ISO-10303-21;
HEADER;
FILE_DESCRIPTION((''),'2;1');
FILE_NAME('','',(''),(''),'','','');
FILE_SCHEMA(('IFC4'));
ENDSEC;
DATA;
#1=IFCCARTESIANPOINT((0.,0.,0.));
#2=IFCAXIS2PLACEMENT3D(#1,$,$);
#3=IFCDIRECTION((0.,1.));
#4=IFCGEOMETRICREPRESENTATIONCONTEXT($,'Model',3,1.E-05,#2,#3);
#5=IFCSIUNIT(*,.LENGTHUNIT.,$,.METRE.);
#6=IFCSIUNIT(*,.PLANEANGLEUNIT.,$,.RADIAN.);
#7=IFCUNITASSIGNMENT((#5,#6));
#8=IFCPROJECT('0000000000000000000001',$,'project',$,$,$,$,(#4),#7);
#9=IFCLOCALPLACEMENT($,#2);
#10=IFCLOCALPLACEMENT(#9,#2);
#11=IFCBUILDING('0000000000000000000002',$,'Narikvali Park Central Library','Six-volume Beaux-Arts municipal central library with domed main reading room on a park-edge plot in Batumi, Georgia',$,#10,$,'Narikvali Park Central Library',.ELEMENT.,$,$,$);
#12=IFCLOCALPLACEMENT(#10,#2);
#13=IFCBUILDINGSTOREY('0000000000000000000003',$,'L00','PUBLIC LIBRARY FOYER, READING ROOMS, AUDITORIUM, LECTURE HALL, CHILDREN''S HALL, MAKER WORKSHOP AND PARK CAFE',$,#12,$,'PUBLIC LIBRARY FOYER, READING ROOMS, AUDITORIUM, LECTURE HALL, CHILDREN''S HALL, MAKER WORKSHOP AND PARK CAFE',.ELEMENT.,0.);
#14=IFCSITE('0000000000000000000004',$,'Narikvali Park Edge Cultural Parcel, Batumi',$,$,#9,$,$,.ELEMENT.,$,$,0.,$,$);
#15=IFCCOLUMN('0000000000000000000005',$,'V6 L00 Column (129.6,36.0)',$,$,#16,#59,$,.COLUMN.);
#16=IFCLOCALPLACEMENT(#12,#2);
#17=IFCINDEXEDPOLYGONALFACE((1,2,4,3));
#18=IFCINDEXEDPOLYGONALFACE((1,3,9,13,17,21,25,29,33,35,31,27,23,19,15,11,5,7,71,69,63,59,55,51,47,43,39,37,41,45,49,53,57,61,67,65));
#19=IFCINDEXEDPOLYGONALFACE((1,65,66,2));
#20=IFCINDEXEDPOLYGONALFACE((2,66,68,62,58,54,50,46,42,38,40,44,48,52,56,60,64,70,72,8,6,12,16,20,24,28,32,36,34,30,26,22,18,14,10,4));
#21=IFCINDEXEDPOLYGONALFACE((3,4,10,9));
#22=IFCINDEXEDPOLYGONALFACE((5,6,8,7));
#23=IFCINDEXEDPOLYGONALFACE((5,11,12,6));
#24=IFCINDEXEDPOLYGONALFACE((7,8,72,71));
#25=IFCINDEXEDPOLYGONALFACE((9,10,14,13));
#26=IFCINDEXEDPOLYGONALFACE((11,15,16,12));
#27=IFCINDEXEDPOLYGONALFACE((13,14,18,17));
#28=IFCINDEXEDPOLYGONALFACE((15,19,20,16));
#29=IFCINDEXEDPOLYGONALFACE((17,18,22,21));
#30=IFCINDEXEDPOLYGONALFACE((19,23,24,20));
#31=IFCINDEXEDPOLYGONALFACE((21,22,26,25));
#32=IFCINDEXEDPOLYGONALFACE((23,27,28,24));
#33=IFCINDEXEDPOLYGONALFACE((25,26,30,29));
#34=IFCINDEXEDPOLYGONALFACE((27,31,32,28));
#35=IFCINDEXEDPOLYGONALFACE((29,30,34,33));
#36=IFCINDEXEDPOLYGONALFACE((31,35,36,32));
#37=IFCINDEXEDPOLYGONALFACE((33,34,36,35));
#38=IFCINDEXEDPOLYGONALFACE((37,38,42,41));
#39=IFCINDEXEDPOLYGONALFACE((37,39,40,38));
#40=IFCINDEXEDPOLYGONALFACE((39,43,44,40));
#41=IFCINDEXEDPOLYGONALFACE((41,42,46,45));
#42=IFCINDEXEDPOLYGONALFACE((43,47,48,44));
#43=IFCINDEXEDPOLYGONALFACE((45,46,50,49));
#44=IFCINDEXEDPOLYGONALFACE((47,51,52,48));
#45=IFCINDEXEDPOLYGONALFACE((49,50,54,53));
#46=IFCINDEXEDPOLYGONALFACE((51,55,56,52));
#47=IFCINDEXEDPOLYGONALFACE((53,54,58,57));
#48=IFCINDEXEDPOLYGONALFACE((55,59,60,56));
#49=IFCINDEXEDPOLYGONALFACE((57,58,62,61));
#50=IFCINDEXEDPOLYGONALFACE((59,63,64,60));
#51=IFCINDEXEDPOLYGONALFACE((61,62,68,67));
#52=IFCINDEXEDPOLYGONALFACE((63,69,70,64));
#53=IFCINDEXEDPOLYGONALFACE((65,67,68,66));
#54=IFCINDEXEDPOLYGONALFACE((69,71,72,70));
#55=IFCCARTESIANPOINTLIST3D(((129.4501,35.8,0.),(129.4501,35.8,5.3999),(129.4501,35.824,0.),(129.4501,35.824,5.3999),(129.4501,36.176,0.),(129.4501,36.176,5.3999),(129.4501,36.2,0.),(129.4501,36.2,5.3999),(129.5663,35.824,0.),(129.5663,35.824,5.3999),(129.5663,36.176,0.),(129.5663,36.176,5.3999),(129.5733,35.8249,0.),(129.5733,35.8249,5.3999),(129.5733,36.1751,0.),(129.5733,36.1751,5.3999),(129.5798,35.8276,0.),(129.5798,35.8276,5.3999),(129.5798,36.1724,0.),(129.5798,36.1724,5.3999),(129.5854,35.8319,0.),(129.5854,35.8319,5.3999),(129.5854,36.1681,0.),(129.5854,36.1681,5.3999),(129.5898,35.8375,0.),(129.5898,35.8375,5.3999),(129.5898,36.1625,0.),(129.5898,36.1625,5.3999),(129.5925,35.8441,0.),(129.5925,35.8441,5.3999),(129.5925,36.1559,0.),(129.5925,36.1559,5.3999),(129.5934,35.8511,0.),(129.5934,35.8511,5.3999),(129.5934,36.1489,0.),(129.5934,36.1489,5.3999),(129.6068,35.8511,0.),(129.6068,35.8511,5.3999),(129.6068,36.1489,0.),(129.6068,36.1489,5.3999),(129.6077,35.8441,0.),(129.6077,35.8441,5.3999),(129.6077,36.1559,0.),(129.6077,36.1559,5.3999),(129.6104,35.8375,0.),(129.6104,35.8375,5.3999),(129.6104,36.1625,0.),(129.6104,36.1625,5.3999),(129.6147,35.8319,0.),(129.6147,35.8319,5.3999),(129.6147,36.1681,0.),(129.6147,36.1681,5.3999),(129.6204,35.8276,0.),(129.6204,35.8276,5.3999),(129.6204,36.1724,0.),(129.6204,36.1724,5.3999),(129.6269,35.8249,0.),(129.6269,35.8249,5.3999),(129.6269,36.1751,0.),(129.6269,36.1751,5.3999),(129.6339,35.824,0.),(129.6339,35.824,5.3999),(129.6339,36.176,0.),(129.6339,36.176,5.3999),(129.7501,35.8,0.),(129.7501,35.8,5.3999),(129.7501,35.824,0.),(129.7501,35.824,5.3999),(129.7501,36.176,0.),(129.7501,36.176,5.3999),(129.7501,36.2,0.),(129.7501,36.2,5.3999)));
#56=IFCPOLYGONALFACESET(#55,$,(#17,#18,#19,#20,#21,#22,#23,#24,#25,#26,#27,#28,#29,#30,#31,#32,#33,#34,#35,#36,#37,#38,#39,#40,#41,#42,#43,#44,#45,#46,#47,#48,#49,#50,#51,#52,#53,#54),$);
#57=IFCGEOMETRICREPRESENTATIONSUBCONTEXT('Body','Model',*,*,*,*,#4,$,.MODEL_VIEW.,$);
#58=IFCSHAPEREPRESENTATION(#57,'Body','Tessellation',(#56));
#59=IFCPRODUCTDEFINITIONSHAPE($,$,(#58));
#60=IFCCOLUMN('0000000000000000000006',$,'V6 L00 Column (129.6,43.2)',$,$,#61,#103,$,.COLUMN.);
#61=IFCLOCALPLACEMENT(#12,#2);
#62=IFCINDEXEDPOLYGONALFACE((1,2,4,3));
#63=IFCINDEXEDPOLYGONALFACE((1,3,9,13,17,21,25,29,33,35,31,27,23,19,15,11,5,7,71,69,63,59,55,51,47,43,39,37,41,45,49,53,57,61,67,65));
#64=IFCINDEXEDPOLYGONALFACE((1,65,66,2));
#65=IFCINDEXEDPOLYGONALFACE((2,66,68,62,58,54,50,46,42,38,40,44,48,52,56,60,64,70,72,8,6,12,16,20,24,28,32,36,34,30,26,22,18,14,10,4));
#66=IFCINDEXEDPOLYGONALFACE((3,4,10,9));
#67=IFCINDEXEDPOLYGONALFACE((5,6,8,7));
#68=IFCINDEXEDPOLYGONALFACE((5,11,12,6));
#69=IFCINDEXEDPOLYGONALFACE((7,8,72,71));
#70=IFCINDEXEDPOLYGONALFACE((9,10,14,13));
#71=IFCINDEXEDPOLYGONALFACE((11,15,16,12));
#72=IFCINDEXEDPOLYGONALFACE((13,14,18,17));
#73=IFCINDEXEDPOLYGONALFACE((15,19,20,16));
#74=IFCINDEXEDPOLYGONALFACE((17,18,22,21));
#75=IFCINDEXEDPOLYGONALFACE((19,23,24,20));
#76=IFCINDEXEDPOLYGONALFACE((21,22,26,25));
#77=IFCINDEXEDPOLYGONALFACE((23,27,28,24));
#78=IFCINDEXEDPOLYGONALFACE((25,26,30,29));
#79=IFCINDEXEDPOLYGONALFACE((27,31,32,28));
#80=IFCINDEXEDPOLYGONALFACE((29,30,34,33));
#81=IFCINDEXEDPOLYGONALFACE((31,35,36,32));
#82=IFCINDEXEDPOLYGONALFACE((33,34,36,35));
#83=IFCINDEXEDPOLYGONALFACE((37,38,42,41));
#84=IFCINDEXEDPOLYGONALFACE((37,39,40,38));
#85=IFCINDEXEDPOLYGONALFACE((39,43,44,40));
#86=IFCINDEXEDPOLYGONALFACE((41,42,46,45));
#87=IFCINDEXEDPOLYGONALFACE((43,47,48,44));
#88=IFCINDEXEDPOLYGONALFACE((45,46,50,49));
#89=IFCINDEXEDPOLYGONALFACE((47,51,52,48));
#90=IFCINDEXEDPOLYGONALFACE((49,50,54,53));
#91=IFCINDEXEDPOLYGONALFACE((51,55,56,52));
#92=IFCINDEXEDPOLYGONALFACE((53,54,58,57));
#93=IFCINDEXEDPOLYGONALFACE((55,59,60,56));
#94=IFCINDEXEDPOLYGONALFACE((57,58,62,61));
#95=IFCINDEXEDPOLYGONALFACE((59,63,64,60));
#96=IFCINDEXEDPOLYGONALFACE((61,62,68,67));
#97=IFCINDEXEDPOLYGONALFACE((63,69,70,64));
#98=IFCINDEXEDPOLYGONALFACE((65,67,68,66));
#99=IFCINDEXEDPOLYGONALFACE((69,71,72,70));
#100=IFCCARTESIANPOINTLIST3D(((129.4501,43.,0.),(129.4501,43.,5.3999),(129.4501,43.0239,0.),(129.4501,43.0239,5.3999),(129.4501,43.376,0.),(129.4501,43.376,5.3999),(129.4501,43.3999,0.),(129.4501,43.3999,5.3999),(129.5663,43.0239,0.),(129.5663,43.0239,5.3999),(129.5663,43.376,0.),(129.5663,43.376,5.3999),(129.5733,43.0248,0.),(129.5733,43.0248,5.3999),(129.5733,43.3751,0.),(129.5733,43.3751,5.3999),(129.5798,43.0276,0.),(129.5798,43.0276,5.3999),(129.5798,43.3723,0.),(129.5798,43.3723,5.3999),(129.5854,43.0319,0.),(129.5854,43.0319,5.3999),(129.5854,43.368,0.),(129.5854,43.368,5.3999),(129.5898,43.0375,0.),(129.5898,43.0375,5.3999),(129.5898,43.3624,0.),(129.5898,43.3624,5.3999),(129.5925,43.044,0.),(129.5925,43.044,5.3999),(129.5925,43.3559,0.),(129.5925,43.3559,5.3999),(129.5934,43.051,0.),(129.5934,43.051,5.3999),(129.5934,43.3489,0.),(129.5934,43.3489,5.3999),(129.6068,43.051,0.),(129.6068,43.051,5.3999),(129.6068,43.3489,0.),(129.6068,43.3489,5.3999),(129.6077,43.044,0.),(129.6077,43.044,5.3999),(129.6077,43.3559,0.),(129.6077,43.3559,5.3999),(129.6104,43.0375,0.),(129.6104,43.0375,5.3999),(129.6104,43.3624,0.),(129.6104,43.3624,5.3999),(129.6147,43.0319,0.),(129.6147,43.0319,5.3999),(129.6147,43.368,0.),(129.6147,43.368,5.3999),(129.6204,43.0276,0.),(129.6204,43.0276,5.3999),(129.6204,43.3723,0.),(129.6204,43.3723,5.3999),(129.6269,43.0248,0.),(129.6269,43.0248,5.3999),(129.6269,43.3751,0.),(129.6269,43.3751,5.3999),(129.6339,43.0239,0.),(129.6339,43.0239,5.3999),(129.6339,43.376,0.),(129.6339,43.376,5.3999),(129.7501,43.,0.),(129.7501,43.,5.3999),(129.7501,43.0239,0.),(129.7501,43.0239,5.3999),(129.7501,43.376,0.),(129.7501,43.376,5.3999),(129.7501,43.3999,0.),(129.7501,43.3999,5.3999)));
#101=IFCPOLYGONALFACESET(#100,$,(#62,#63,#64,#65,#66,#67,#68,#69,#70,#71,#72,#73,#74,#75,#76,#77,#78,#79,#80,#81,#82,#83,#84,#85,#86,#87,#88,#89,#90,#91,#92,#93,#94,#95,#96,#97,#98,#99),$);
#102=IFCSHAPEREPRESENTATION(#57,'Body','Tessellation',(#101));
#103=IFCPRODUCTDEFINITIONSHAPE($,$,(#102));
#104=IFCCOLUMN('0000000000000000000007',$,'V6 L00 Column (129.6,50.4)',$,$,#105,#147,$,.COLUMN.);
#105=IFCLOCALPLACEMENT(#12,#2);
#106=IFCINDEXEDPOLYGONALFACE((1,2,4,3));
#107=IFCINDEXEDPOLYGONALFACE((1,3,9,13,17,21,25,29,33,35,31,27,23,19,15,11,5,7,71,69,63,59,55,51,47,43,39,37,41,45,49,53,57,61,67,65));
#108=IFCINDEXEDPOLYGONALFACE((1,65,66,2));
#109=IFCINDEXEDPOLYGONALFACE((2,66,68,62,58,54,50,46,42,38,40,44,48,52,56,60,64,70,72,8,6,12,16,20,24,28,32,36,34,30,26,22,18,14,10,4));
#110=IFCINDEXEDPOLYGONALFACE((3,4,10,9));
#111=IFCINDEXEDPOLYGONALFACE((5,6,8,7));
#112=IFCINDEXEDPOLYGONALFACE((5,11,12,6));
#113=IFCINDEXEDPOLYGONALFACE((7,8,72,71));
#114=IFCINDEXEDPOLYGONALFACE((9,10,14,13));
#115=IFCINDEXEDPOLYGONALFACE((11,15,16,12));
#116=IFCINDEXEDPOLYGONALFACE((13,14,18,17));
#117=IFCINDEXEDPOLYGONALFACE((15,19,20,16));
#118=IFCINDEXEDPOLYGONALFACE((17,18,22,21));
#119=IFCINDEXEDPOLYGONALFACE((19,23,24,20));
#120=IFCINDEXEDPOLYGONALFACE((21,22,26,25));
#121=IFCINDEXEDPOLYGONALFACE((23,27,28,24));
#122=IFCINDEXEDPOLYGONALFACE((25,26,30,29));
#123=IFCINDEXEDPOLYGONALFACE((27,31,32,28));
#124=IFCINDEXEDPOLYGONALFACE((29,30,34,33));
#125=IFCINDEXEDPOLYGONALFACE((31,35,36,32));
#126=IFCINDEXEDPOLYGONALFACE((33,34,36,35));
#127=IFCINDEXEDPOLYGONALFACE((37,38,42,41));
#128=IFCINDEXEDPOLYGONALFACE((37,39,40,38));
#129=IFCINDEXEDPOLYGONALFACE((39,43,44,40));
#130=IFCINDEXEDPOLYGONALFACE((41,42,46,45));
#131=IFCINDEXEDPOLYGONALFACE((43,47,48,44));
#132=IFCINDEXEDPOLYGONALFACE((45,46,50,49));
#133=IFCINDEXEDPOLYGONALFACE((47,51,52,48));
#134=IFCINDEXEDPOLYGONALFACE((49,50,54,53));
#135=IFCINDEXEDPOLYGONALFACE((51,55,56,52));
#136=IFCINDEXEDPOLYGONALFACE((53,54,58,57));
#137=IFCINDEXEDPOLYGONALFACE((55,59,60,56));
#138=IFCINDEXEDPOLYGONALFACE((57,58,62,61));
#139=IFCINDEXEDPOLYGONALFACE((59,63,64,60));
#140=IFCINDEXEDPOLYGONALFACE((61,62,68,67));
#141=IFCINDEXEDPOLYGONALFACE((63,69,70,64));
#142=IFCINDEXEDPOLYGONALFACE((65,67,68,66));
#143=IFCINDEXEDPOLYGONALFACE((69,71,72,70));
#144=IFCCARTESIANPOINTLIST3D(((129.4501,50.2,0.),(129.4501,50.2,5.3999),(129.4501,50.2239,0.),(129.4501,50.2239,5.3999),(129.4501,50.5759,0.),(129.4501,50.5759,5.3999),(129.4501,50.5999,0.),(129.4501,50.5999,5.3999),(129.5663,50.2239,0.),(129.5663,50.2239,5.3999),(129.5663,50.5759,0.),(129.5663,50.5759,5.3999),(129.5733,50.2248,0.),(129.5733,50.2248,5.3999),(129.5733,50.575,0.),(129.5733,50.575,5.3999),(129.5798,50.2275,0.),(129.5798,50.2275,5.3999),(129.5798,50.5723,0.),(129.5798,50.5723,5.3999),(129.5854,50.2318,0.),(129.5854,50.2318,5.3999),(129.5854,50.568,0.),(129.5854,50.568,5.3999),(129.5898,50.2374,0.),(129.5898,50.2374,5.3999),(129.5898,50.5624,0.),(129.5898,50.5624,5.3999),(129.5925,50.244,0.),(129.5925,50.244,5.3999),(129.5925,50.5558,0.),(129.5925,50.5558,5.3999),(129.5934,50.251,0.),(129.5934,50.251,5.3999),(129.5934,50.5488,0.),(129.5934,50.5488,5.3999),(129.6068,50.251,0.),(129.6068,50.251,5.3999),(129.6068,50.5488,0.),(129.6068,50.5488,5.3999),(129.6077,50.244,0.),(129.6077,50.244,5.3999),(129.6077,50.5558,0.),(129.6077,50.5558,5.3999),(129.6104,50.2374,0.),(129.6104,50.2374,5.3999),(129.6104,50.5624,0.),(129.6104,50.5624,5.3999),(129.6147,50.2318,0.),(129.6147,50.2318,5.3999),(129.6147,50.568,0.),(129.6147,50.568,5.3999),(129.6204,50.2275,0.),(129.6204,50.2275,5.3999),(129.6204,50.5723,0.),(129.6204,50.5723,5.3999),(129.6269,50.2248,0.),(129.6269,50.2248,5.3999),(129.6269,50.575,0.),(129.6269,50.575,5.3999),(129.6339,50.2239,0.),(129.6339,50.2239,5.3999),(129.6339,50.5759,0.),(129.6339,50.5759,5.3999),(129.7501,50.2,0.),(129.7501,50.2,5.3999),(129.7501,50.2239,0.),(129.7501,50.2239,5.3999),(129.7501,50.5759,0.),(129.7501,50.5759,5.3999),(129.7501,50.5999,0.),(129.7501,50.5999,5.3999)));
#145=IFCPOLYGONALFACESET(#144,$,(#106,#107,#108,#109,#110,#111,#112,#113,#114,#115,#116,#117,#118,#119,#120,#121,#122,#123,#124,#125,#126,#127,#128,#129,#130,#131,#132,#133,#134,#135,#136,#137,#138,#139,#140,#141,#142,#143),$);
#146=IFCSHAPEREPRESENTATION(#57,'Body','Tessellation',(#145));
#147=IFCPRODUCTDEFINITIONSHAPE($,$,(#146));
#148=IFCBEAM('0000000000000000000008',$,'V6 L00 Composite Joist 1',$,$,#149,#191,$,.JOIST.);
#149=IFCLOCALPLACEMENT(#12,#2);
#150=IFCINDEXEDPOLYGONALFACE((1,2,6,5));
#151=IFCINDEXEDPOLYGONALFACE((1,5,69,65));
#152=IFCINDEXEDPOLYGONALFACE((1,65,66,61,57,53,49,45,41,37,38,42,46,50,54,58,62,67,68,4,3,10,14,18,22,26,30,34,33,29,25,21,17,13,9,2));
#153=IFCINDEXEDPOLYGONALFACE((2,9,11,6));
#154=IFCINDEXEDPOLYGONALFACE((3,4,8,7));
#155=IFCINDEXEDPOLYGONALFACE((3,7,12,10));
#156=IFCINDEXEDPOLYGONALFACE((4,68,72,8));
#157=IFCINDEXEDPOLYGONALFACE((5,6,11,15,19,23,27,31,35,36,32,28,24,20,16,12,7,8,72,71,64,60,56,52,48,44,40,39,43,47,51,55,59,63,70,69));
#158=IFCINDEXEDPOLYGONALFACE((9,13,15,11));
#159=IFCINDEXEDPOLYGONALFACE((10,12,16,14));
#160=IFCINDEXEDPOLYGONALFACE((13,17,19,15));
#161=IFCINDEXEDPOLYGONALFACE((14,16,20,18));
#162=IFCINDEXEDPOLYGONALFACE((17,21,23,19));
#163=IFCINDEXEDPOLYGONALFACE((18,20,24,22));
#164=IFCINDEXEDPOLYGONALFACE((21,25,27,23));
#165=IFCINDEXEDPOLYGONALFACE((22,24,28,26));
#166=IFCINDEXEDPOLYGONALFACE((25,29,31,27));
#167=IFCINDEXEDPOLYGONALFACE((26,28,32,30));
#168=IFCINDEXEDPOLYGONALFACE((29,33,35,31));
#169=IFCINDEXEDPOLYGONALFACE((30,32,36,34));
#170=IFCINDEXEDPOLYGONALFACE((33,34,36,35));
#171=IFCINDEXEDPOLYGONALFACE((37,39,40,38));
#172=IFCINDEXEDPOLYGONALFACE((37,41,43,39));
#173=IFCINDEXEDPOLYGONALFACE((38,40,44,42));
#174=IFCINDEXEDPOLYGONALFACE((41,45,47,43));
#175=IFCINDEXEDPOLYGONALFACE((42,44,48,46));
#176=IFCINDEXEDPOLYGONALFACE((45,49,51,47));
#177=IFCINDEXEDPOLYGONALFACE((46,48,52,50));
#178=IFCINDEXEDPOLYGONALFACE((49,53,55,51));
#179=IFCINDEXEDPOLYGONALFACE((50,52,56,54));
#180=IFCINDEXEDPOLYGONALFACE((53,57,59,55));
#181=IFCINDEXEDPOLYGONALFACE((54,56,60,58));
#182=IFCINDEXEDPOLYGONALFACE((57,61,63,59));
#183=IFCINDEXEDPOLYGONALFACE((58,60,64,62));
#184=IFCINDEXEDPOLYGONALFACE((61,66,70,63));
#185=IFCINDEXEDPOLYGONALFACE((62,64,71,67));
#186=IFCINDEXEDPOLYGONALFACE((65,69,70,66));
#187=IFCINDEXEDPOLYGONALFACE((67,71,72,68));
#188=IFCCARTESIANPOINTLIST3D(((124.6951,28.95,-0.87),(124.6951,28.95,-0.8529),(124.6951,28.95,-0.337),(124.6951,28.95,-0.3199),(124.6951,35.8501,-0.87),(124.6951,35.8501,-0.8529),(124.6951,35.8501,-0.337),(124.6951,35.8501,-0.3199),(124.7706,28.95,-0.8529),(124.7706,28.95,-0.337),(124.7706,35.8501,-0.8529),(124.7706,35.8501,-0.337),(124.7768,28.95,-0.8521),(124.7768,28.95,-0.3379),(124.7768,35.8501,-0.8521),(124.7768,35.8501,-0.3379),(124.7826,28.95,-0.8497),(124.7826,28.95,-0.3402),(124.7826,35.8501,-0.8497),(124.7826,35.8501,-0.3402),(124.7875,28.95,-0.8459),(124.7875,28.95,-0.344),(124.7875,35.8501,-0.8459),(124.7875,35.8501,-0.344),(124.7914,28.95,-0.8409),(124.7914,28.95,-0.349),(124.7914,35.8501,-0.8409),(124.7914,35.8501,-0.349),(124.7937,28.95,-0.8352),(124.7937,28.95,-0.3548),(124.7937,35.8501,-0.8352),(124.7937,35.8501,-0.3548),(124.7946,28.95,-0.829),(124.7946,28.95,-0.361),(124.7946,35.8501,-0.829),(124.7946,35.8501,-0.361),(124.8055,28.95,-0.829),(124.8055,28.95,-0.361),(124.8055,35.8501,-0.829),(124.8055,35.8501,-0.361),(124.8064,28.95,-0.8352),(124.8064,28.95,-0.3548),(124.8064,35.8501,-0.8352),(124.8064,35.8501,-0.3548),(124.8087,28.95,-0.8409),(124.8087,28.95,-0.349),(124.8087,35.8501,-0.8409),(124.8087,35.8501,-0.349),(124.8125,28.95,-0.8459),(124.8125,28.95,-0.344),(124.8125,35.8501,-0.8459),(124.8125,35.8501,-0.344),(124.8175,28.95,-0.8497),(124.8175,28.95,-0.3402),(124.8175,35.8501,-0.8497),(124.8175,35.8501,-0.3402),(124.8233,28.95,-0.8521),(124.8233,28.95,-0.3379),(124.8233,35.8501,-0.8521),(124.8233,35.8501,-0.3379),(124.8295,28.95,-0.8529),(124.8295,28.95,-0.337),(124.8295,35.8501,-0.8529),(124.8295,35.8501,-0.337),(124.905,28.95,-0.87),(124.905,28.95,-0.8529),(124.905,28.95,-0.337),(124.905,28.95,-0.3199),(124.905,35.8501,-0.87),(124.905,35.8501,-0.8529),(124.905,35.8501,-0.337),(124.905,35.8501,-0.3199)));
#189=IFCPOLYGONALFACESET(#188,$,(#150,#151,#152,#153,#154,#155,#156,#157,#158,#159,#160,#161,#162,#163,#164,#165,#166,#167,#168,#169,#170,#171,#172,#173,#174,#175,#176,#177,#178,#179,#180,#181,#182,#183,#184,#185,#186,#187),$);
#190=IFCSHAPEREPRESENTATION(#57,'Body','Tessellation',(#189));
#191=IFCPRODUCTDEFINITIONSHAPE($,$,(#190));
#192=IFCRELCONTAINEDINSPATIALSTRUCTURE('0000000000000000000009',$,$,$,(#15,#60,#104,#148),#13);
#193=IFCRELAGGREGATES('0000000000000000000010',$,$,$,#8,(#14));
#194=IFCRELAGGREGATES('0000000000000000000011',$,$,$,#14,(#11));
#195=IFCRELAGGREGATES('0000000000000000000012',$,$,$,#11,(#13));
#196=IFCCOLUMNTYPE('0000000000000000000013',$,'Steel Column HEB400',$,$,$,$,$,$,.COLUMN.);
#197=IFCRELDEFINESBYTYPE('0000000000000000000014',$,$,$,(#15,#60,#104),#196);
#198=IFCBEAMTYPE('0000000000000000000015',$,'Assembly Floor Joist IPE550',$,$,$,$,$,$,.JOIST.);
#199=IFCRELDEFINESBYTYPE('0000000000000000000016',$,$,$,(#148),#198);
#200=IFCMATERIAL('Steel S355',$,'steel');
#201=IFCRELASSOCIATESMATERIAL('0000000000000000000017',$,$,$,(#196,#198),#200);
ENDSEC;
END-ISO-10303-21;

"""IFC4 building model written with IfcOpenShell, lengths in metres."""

from ifc_helpers import new_model, si_unit, direction, frame, origin, origin_2d, place, context, subcontext, project, spatial, i_section, extrude, material, material_profile, profile_set, type_object, element, save


model = new_model("IFC4")

# Units and contexts
model_context = context("Model", 3, precision=1e-05, world=origin(), true_north=direction((0.0, 1.0)))
body_context = subcontext(model_context, "Body", "Model", "MODEL_VIEW")
ifc_project = project(units=[si_unit("LENGTHUNIT", "METRE"), si_unit("PLANEANGLEUNIT", "RADIAN")], contexts=[model_context])

# Site, building, storey
site_placement = place(None, origin())
site = spatial("IfcSite", under=ifc_project, at=site_placement, Name="Narikvali Park Edge Cultural Parcel, Batumi", CompositionType="ELEMENT", RefElevation=0.0)
building_placement = place(site_placement, origin())
building = spatial("IfcBuilding", under=site, at=building_placement, Name="Narikvali Park Central Library", Description="Six-volume Beaux-Arts municipal central library with domed main reading room on a park-edge plot in Batumi, Georgia", LongName="Narikvali Park Central Library", CompositionType="ELEMENT")
storey_placement = place(building_placement, origin())
storey = spatial("IfcBuildingStorey", under=building, at=storey_placement, Name="L00", Description="PUBLIC LIBRARY FOYER, READING ROOMS, AUDITORIUM, LECTURE HALL, CHILDREN'S HALL, MAKER WORKSHOP AND PARK CAFE", LongName="PUBLIC LIBRARY FOYER, READING ROOMS, AUDITORIUM, LECTURE HALL, CHILDREN'S HALL, MAKER WORKSHOP AND PARK CAFE", CompositionType="ELEMENT", Elevation=0.0)

# Columns
ifc_material_1 = material(Name="Steel S355", Category="steel")
ifc_material_profile_1 = material_profile(ifc_material_1, i_section(OverallWidth=0.3, OverallDepth=0.3999, WebThickness=0.0134, FlangeThickness=0.0239, FilletRadius=0.0271, at=origin_2d()), Name="HEB 400")
ifc_profile_set_1 = profile_set([ifc_material_profile_1], Name="Steel S355")
column_type = type_object("IfcColumnType", Name="Steel Column HEB400", PredefinedType="COLUMN", material=ifc_profile_set_1)
for number, where, z_axis, x_axis, name in (
    (1, (129.6001, 36.0, 0.0), (0.0, 0.0, 1.0), (1.0, 0.0, 0.0), "V6 L00 Column (129.6,36.0)"),
    (2, (129.6001, 43.2, 0.0), (0.0, 0.0, 1.0), (1.0, 0.0, 0.0), "V6 L00 Column (129.6,43.2)"),
    (3, (129.6001, 50.3999, 0.0), (0.0, 0.0, 1.0), (1.0, 0.0, 0.0), "V6 L00 Column (129.6,50.4)"),
):
    element("IfcColumn", number, at=place(storey_placement, frame(where, z_axis=z_axis, x_axis=x_axis)), inside=storey, type_object=column_type, Name=name, PredefinedType="COLUMN", context=body_context, shape_type="SweptSolid", body=[
        extrude(i_section(OverallWidth=0.3, OverallDepth=0.3999, WebThickness=0.0134, FlangeThickness=0.0239, FilletRadius=0.0271, at=origin_2d()), origin(), (0.0, 0.0, 1.0), 5.3999),
    ])

# Beam
ifc_material_profile_2 = material_profile(ifc_material_1, i_section(OverallWidth=0.21, OverallDepth=0.55, WebThickness=0.011, FlangeThickness=0.0171, FilletRadius=0.0239, at=origin_2d()), Name="IPE 550")
ifc_profile_set_2 = profile_set([ifc_material_profile_2], Name="Steel S355")
beam_type_1 = type_object("IfcBeamType", Name="Assembly Floor Joist IPE550", PredefinedType="JOIST", material=ifc_profile_set_2)
for number, where, z_axis, x_axis, name in (
    (4, (124.8, 28.95, -0.595), (0.0, 1.0, 0.0), (-1.0, 0.0, 0.0), "V6 L00 Composite Joist 1"),
):
    element("IfcBeam", number, at=place(storey_placement, frame(where, z_axis=z_axis, x_axis=x_axis)), inside=storey, type_object=beam_type_1, Name=name, PredefinedType="JOIST", context=body_context, shape_type="SweptSolid", body=[
        extrude(i_section(OverallWidth=0.21, OverallDepth=0.55, WebThickness=0.011, FlangeThickness=0.0171, FilletRadius=0.0239, at=origin_2d()), origin(), (0.0, 0.0, 1.0), 6.9001),
    ])

save(model, "model.ifc")
